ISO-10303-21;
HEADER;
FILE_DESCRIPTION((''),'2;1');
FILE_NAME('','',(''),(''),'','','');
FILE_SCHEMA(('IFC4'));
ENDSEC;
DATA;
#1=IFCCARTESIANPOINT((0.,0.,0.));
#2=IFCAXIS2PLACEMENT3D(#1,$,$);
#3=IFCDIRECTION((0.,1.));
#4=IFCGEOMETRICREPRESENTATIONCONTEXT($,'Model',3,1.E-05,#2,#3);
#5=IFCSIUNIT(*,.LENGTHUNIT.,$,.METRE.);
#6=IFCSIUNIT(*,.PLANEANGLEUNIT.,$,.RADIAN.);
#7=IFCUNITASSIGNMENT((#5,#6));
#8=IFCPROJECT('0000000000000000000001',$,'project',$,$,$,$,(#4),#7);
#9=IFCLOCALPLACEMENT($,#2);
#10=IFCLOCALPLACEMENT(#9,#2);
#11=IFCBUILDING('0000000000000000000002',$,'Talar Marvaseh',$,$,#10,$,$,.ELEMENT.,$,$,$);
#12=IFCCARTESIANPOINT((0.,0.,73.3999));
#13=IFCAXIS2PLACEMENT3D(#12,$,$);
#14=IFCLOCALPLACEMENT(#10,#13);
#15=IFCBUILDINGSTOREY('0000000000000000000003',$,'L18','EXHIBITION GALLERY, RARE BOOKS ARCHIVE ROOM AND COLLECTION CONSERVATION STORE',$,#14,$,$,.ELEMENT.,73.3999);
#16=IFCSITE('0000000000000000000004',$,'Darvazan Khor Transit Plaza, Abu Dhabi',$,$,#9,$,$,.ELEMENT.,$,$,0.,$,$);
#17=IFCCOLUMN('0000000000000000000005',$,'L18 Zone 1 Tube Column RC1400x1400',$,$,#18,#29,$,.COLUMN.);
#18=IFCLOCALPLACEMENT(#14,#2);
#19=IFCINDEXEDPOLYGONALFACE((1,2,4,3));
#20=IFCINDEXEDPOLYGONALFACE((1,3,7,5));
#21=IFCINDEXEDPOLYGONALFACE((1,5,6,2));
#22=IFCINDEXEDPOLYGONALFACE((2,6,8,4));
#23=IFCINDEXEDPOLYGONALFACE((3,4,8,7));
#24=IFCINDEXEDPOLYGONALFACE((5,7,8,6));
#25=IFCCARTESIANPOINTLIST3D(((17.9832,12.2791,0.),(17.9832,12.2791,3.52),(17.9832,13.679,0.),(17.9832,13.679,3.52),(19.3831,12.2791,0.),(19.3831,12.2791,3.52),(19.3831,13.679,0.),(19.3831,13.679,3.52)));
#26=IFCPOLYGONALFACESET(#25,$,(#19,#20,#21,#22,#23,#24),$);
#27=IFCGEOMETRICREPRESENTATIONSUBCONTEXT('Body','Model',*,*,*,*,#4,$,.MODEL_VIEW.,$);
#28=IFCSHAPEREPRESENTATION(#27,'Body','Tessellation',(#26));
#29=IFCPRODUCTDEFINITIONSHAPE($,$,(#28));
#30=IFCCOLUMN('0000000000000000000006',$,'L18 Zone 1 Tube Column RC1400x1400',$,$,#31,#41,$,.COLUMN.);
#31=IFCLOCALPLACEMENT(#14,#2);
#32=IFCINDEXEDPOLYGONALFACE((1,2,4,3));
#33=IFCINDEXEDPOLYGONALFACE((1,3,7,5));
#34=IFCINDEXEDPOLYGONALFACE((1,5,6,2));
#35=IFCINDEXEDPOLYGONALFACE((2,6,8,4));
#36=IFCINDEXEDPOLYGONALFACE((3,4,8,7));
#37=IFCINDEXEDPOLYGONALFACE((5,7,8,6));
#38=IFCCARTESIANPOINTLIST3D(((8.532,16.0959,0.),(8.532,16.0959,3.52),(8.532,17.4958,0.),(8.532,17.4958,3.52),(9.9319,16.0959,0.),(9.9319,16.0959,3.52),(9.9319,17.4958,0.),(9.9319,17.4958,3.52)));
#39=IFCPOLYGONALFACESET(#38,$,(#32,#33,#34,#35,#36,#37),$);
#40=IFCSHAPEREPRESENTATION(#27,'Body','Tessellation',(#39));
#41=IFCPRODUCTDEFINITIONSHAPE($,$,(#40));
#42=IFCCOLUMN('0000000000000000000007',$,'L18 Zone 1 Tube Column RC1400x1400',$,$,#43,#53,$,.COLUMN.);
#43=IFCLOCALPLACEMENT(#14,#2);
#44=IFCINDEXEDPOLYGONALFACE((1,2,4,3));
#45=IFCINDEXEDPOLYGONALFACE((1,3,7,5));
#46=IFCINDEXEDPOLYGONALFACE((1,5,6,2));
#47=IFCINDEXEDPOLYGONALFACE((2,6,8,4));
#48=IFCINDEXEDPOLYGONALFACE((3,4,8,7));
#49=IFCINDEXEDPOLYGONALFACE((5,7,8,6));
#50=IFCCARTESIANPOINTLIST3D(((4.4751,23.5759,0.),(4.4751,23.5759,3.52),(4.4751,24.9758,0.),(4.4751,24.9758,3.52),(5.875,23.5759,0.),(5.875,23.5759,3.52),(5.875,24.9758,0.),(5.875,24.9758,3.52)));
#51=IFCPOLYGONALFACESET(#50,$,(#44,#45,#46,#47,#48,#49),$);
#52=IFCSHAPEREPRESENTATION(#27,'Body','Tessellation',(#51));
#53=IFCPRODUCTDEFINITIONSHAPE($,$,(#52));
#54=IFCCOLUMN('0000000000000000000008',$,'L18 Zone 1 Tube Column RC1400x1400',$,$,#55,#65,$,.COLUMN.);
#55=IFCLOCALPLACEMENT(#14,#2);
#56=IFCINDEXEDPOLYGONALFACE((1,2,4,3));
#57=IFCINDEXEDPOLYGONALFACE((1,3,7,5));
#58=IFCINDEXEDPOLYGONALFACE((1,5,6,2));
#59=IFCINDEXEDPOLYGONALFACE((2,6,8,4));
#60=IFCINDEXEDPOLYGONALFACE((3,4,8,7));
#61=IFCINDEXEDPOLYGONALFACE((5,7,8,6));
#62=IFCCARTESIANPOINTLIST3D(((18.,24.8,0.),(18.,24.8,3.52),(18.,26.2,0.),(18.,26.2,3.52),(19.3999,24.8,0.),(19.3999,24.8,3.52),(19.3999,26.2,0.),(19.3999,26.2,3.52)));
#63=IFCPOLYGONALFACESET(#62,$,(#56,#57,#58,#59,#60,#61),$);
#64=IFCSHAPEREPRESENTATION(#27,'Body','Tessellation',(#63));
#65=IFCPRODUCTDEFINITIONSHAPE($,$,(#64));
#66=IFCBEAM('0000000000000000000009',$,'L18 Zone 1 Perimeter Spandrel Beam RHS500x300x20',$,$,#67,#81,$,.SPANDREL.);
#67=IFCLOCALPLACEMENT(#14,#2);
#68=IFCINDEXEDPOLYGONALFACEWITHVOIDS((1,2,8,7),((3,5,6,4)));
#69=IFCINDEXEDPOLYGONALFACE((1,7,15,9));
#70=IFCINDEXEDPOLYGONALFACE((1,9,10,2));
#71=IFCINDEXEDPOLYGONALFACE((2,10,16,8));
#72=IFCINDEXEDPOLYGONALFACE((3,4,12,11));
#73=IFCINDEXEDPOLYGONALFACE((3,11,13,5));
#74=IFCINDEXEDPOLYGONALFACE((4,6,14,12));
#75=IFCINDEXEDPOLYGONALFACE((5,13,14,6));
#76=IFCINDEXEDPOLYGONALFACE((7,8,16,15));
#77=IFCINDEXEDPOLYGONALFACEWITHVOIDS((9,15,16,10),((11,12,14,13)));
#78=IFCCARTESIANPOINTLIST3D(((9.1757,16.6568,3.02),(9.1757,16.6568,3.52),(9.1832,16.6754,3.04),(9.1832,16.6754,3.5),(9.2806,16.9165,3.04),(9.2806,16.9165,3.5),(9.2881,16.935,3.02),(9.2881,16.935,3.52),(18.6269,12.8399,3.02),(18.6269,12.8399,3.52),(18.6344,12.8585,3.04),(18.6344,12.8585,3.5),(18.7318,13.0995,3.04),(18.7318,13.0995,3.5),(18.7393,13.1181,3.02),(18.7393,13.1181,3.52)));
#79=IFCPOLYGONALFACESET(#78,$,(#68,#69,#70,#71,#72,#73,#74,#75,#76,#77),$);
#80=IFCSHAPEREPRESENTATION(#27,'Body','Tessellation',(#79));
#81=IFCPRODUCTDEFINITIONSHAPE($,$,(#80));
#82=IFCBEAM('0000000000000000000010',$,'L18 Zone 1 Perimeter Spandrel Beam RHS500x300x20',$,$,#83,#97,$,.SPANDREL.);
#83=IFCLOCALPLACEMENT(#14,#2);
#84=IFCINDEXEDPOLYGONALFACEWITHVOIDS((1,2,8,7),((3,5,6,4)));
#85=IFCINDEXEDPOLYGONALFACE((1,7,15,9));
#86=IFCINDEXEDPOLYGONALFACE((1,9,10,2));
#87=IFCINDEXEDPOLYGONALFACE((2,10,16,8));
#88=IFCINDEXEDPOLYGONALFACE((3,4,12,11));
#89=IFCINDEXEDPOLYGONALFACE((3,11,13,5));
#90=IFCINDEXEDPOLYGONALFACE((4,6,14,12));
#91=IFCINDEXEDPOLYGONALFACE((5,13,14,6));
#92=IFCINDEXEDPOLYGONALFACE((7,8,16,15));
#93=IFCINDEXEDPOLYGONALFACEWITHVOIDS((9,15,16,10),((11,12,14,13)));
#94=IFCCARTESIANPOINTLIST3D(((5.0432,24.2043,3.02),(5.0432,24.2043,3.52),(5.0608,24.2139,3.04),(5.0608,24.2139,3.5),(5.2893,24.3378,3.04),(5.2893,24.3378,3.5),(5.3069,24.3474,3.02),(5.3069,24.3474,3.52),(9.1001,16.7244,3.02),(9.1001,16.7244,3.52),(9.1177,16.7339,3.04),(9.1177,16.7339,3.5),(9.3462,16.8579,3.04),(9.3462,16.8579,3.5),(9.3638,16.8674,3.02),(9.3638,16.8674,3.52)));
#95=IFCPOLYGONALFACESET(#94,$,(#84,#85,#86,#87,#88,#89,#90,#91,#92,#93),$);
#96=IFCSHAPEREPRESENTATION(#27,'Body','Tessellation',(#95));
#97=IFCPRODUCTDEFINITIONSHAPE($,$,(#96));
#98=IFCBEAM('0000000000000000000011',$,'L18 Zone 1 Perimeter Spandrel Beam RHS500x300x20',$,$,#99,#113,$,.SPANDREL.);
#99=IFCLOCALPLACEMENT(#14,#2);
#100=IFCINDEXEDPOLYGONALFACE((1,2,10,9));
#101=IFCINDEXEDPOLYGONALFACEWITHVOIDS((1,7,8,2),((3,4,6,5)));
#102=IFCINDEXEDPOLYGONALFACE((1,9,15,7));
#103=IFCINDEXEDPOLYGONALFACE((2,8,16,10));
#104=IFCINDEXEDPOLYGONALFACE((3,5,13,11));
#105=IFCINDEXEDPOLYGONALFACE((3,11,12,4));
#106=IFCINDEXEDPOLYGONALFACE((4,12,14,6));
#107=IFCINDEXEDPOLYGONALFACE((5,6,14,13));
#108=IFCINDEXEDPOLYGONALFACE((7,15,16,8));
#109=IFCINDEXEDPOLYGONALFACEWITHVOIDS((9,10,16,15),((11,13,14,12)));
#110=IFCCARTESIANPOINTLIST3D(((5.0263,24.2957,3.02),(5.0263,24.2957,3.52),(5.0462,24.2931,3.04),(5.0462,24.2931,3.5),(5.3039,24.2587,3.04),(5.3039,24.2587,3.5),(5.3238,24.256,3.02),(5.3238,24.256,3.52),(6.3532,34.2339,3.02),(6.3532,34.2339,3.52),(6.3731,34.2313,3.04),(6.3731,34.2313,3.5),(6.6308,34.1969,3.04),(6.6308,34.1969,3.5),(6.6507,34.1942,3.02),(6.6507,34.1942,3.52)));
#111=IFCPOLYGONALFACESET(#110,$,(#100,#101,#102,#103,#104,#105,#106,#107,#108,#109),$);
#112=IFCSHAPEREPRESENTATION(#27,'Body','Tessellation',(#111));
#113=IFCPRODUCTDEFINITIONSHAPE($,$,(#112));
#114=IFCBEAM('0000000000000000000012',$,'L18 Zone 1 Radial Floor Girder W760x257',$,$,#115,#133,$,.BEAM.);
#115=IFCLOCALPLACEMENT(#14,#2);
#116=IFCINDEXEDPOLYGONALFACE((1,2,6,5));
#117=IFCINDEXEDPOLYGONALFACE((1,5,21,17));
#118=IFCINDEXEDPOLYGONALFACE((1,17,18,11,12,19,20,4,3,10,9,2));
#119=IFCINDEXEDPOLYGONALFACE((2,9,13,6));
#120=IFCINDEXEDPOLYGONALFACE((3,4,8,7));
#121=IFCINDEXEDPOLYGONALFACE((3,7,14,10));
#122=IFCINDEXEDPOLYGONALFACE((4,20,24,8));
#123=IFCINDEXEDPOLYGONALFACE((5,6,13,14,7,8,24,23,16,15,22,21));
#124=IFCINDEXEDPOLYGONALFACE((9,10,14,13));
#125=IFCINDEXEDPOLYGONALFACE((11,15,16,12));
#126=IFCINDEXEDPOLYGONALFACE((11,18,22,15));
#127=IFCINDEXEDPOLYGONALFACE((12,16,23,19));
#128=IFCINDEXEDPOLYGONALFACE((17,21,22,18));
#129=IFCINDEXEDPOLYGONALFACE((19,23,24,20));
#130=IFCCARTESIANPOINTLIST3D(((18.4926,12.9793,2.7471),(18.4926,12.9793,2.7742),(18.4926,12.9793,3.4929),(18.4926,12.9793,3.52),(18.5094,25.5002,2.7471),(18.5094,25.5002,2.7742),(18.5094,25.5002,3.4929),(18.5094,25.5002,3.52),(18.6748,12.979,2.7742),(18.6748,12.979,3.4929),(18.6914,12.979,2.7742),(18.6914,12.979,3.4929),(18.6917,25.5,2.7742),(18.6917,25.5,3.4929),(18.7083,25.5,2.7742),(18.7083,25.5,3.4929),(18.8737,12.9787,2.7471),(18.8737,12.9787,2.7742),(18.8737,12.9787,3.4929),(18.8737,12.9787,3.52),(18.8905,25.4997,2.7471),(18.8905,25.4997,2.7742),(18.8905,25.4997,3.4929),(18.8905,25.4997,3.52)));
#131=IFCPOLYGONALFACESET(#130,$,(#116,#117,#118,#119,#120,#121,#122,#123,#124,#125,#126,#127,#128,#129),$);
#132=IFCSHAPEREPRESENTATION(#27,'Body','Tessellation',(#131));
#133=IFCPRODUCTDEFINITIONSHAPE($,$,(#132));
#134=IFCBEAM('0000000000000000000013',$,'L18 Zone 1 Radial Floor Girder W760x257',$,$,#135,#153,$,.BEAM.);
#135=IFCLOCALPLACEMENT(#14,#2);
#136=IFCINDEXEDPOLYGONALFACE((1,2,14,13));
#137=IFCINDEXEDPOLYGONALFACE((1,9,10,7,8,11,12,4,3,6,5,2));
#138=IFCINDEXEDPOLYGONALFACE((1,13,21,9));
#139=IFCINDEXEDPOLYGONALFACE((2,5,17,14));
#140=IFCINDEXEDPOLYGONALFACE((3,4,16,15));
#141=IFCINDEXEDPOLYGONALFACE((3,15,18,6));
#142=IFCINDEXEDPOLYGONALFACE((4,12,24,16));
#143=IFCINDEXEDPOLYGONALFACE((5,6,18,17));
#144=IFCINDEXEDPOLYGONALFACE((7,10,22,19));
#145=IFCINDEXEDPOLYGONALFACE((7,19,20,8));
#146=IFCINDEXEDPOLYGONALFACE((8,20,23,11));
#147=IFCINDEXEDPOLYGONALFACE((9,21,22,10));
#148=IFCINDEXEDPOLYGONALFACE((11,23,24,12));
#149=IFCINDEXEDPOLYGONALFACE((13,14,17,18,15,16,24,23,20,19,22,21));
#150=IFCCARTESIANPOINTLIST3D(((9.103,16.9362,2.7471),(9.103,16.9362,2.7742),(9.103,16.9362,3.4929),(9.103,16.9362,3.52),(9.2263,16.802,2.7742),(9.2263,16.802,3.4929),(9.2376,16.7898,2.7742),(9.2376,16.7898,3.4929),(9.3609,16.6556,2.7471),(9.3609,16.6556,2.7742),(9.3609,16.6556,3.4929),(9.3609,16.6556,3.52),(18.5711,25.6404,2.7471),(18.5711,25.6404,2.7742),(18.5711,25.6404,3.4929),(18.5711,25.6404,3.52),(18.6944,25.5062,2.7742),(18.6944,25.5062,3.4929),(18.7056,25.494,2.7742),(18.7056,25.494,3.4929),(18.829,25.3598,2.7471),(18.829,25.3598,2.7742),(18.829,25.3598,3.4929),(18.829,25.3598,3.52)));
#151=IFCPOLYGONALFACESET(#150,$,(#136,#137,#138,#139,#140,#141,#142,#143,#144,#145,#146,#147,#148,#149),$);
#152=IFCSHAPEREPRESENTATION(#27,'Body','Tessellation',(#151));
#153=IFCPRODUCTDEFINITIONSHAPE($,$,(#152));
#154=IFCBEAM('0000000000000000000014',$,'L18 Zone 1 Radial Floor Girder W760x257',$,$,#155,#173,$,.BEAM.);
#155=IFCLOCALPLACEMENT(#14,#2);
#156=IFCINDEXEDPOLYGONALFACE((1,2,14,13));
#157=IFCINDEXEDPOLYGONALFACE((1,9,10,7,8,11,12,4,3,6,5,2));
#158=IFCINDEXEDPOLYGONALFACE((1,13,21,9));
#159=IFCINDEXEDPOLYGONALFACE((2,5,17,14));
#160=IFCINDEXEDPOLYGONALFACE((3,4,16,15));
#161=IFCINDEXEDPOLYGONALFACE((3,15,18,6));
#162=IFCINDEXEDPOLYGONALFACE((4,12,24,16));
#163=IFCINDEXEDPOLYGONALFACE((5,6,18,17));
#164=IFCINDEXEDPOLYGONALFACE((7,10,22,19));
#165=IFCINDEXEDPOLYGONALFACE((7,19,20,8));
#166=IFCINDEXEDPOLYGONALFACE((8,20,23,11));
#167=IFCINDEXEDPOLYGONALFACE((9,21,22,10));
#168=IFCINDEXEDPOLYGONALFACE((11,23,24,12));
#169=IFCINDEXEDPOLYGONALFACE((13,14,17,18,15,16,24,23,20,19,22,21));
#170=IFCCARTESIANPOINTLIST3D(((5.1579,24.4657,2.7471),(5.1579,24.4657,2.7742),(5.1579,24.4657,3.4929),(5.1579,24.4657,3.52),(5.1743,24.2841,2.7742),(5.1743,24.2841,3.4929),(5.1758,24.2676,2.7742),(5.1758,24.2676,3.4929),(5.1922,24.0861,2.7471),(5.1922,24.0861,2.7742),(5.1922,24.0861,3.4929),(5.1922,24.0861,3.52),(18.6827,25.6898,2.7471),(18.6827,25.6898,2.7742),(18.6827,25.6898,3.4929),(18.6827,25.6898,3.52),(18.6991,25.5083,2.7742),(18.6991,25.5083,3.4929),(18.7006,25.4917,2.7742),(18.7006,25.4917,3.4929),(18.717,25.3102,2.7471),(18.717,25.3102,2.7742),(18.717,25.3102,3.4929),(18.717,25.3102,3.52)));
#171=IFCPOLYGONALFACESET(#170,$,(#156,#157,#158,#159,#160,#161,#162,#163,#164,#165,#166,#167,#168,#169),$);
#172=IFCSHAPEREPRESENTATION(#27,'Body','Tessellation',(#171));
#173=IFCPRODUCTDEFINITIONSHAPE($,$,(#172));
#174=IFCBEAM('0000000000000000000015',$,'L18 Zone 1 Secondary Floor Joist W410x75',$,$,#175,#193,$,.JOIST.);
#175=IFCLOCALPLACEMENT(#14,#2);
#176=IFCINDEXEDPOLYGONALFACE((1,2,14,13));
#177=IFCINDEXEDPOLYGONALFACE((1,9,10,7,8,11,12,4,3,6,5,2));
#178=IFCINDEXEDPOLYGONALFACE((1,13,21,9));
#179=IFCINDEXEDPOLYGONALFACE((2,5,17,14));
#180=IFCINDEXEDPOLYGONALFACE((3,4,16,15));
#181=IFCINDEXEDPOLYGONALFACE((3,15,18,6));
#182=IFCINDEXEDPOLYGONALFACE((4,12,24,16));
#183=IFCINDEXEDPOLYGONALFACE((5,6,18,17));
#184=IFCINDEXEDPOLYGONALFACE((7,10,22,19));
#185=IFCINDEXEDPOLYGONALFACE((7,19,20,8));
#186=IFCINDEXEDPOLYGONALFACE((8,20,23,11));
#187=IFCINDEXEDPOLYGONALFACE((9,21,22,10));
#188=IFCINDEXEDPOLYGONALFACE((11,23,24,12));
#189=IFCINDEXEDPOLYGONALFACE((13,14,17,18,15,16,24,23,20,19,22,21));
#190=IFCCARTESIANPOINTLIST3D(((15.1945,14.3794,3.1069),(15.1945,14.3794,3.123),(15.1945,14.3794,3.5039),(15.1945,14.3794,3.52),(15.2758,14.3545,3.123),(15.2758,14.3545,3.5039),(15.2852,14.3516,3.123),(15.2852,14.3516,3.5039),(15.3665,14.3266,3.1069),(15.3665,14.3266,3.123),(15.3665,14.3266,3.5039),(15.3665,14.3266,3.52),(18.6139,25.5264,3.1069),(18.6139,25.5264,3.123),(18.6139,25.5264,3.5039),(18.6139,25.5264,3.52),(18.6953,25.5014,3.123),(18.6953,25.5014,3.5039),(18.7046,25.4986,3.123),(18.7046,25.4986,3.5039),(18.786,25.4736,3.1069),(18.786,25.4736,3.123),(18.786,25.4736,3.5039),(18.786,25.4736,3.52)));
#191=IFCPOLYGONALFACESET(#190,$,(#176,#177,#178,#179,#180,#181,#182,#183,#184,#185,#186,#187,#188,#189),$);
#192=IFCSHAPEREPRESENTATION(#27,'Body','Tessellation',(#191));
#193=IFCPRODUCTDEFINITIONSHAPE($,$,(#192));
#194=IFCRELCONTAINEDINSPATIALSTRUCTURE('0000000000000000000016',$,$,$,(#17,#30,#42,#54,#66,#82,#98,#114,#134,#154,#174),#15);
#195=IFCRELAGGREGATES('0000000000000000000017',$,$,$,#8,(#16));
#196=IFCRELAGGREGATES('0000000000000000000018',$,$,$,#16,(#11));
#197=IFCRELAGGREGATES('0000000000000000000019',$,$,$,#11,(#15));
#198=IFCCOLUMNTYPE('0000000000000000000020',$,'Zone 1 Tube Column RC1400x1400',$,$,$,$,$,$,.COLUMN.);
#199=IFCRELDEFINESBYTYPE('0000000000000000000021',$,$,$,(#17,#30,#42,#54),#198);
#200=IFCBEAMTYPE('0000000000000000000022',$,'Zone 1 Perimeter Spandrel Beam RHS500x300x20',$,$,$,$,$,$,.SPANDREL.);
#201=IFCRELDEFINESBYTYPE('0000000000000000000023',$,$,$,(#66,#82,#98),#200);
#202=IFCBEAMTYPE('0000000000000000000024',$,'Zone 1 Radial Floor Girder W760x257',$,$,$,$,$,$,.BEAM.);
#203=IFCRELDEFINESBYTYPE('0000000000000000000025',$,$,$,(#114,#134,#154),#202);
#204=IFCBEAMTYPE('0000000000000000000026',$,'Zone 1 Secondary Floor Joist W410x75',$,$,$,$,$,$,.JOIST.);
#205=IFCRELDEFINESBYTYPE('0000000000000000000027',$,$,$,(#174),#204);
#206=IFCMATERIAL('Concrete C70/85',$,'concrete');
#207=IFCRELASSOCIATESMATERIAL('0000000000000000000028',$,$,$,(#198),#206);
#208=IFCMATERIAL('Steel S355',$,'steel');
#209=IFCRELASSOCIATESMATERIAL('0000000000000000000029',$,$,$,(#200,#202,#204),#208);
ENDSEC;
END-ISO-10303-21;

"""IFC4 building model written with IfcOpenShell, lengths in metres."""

from ifc_helpers import new_model, si_unit, direction, frame, origin, origin_2d, place, context, subcontext, project, spatial, rectangle, hollow_rectangle, i_section, extrude, material, material_profile, profile_set, type_object, element, save


model = new_model("IFC4")

# Units and contexts
model_context = context("Model", 3, precision=1e-05, world=origin(), true_north=direction((0.0, 1.0)))
body_context = subcontext(model_context, "Body", "Model", "MODEL_VIEW")
ifc_project = project(units=[si_unit("LENGTHUNIT", "METRE"), si_unit("PLANEANGLEUNIT", "RADIAN")], contexts=[model_context])

# Site, building, storey
site_placement = place(None, origin())
site = spatial("IfcSite", under=ifc_project, at=site_placement, Name="Darvazan Khor Transit Plaza, Abu Dhabi", CompositionType="ELEMENT", RefElevation=0.0)
building_placement = place(site_placement, origin())
building = spatial("IfcBuilding", under=site, at=building_placement, Name="Talar Marvaseh", CompositionType="ELEMENT")
storey_placement = place(building_placement, frame((0.0, 0.0, 73.3999)))
storey = spatial("IfcBuildingStorey", under=building, at=storey_placement, Name="L18", Description="EXHIBITION GALLERY, RARE BOOKS ARCHIVE ROOM AND COLLECTION CONSERVATION STORE", CompositionType="ELEMENT", Elevation=73.3999)

# Columns
ifc_material_1 = material(Name="Concrete C70/85", Category="concrete")
ifc_material_profile_1 = material_profile(ifc_material_1, rectangle(XDim=1.3999, YDim=1.3999, at=origin_2d()), Name="RC1400x1400")
ifc_profile_set_1 = profile_set([ifc_material_profile_1], Name="Concrete C70/85")
column_type = type_object("IfcColumnType", Name="Zone 1 Tube Column RC1400x1400", PredefinedType="COLUMN", material=ifc_profile_set_1)
for number, where, z_axis, x_axis, name in (
    (1, (18.6831, 12.979, 0.0), (0.0, 0.0, 1.0), (1.0, 0.0, 0.0), "L18 Zone 1 Tube Column RC1400x1400"),
    (2, (9.2319, 16.7959, 0.0), (0.0, 0.0, 1.0), (1.0, 0.0, 0.0), "L18 Zone 1 Tube Column RC1400x1400"),
    (3, (5.175, 24.2759, 0.0), (0.0, 0.0, 1.0), (1.0, 0.0, 0.0), "L18 Zone 1 Tube Column RC1400x1400"),
    (4, (18.7, 25.5, 0.0), (0.0, 0.0, 1.0), (1.0, 0.0, 0.0), "L18 Zone 1 Tube Column RC1400x1400"),
):
    element("IfcColumn", number, at=place(storey_placement, frame(where, z_axis=z_axis, x_axis=x_axis)), inside=storey, type_object=column_type, Name=name, PredefinedType="COLUMN", context=body_context, shape_type="SweptSolid", body=[
        extrude(rectangle(XDim=1.3999, YDim=1.3999, at=origin_2d()), origin(), (0.0, 0.0, 1.0), 3.52),
    ])

# Beams
ifc_material_2 = material(Name="Steel S355", Category="steel")
ifc_material_profile_2 = material_profile(ifc_material_2, hollow_rectangle(XDim=0.3, YDim=0.5, WallThickness=0.02, at=origin_2d()), Name="RHS500x300x20")
ifc_profile_set_2 = profile_set([ifc_material_profile_2], Name="Steel S355")
beam_type_1 = type_object("IfcBeamType", Name="Zone 1 Perimeter Spandrel Beam RHS500x300x20", PredefinedType="SPANDREL", material=ifc_profile_set_2)
beam_1_placement = place(storey_placement, frame((18.6831, 12.979, 3.27), z_axis=(-0.927239, 0.374469, 0.0), x_axis=(-0.374469, -0.927239, 0.0)))
element("IfcBeam", 5, at=beam_1_placement, inside=storey, type_object=beam_type_1, Name="L18 Zone 1 Perimeter Spandrel Beam RHS500x300x20", PredefinedType="SPANDREL", context=body_context, shape_type="SweptSolid", body=[
    extrude(hollow_rectangle(XDim=0.3, YDim=0.5, WallThickness=0.02, at=origin_2d()), origin(), (0.0, 0.0, 1.0), 10.1929),
])
beam_2_placement = place(storey_placement, frame((9.2319, 16.7959, 3.27), z_axis=(-0.476758, 0.879035, 0.0), x_axis=(-0.879035, -0.476758, 0.0)))
element("IfcBeam", 6, at=beam_2_placement, inside=storey, type_object=beam_type_1, Name="L18 Zone 1 Perimeter Spandrel Beam RHS500x300x20", PredefinedType="SPANDREL", context=body_context, shape_type="SweptSolid", body=[
    extrude(hollow_rectangle(XDim=0.3, YDim=0.5, WallThickness=0.02, at=origin_2d()), origin(), (0.0, 0.0, 1.0), 8.5093),
])
beam_3_placement = place(storey_placement, frame((5.175, 24.2759, 3.27), z_axis=(0.132341, 0.991204, 0.0), x_axis=(-0.991204, 0.132341, 0.0)))
element("IfcBeam", 7, at=beam_3_placement, inside=storey, type_object=beam_type_1, Name="L18 Zone 1 Perimeter Spandrel Beam RHS500x300x20", PredefinedType="SPANDREL", context=body_context, shape_type="SweptSolid", body=[
    extrude(hollow_rectangle(XDim=0.3, YDim=0.5, WallThickness=0.02, at=origin_2d()), origin(), (0.0, 0.0, 1.0), 10.0264),
])
ifc_material_profile_3 = material_profile(ifc_material_2, i_section(OverallWidth=0.3811, OverallDepth=0.7729, WebThickness=0.0166, FlangeThickness=0.0271, at=origin_2d()), Name="W760x257")
ifc_profile_set_3 = profile_set([ifc_material_profile_3], Name="Steel S355")
beam_type_2 = type_object("IfcBeamType", Name="Zone 1 Radial Floor Girder W760x257", PredefinedType="BEAM", material=ifc_profile_set_3)
beam_4_placement = place(storey_placement, frame((18.6831, 12.979, 3.1335), z_axis=(0.001345, 0.999999, 0.0), x_axis=(-0.999999, 0.001345, 0.0)))
element("IfcBeam", 8, at=beam_4_placement, inside=storey, type_object=beam_type_2, Name="L18 Zone 1 Radial Floor Girder W760x257", PredefinedType="BEAM", context=body_context, shape_type="SweptSolid", body=[
    extrude(i_section(OverallWidth=0.3811, OverallDepth=0.7729, WebThickness=0.0166, FlangeThickness=0.0271, at=origin_2d()), origin(), (0.0, 0.0, 1.0), 12.521),
])
beam_5_placement = place(storey_placement, frame((9.2319, 16.7959, 3.1335), z_axis=(0.736182, 0.676784, 0.0), x_axis=(-0.676784, 0.736182, 0.0)))
element("IfcBeam", 9, at=beam_5_placement, inside=storey, type_object=beam_type_2, Name="L18 Zone 1 Radial Floor Girder W760x257", PredefinedType="BEAM", context=body_context, shape_type="SweptSolid", body=[
    extrude(i_section(OverallWidth=0.3811, OverallDepth=0.7729, WebThickness=0.0166, FlangeThickness=0.0271, at=origin_2d()), origin(), (0.0, 0.0, 1.0), 12.8611),
])
beam_6_placement = place(storey_placement, frame((5.175, 24.2759, 3.1335), z_axis=(0.995929, 0.09014, 0.0), x_axis=(-0.09014, 0.995929, 0.0)))
element("IfcBeam", 10, at=beam_6_placement, inside=storey, type_object=beam_type_2, Name="L18 Zone 1 Radial Floor Girder W760x257", PredefinedType="BEAM", context=body_context, shape_type="SweptSolid", body=[
    extrude(i_section(OverallWidth=0.3811, OverallDepth=0.7729, WebThickness=0.0166, FlangeThickness=0.0271, at=origin_2d()), origin(), (0.0, 0.0, 1.0), 13.5801),
])
ifc_material_profile_4 = material_profile(ifc_material_2, i_section(OverallWidth=0.1799, OverallDepth=0.4131, WebThickness=0.0098, FlangeThickness=0.0161, at=origin_2d()), Name="W410x75")
ifc_profile_set_4 = profile_set([ifc_material_profile_4], Name="Steel S355")
beam_type_3 = type_object("IfcBeamType", Name="Zone 1 Secondary Floor Joist W410x75", PredefinedType="JOIST", material=ifc_profile_set_4)
beam_7_placement = place(storey_placement, frame((15.2805, 14.353, 3.3135), z_axis=(0.293271, 0.956029, 0.0), x_axis=(-0.956029, 0.293271, 0.0)))
element("IfcBeam", 11, at=beam_7_placement, inside=storey, type_object=beam_type_3, Name="L18 Zone 1 Secondary Floor Joist W410x75", PredefinedType="JOIST", context=body_context, shape_type="SweptSolid", body=[
    extrude(i_section(OverallWidth=0.1799, OverallDepth=0.4131, WebThickness=0.0098, FlangeThickness=0.0161, at=origin_2d()), origin(), (0.0, 0.0, 1.0), 11.6597),
])

save(model, "model.ifc")
